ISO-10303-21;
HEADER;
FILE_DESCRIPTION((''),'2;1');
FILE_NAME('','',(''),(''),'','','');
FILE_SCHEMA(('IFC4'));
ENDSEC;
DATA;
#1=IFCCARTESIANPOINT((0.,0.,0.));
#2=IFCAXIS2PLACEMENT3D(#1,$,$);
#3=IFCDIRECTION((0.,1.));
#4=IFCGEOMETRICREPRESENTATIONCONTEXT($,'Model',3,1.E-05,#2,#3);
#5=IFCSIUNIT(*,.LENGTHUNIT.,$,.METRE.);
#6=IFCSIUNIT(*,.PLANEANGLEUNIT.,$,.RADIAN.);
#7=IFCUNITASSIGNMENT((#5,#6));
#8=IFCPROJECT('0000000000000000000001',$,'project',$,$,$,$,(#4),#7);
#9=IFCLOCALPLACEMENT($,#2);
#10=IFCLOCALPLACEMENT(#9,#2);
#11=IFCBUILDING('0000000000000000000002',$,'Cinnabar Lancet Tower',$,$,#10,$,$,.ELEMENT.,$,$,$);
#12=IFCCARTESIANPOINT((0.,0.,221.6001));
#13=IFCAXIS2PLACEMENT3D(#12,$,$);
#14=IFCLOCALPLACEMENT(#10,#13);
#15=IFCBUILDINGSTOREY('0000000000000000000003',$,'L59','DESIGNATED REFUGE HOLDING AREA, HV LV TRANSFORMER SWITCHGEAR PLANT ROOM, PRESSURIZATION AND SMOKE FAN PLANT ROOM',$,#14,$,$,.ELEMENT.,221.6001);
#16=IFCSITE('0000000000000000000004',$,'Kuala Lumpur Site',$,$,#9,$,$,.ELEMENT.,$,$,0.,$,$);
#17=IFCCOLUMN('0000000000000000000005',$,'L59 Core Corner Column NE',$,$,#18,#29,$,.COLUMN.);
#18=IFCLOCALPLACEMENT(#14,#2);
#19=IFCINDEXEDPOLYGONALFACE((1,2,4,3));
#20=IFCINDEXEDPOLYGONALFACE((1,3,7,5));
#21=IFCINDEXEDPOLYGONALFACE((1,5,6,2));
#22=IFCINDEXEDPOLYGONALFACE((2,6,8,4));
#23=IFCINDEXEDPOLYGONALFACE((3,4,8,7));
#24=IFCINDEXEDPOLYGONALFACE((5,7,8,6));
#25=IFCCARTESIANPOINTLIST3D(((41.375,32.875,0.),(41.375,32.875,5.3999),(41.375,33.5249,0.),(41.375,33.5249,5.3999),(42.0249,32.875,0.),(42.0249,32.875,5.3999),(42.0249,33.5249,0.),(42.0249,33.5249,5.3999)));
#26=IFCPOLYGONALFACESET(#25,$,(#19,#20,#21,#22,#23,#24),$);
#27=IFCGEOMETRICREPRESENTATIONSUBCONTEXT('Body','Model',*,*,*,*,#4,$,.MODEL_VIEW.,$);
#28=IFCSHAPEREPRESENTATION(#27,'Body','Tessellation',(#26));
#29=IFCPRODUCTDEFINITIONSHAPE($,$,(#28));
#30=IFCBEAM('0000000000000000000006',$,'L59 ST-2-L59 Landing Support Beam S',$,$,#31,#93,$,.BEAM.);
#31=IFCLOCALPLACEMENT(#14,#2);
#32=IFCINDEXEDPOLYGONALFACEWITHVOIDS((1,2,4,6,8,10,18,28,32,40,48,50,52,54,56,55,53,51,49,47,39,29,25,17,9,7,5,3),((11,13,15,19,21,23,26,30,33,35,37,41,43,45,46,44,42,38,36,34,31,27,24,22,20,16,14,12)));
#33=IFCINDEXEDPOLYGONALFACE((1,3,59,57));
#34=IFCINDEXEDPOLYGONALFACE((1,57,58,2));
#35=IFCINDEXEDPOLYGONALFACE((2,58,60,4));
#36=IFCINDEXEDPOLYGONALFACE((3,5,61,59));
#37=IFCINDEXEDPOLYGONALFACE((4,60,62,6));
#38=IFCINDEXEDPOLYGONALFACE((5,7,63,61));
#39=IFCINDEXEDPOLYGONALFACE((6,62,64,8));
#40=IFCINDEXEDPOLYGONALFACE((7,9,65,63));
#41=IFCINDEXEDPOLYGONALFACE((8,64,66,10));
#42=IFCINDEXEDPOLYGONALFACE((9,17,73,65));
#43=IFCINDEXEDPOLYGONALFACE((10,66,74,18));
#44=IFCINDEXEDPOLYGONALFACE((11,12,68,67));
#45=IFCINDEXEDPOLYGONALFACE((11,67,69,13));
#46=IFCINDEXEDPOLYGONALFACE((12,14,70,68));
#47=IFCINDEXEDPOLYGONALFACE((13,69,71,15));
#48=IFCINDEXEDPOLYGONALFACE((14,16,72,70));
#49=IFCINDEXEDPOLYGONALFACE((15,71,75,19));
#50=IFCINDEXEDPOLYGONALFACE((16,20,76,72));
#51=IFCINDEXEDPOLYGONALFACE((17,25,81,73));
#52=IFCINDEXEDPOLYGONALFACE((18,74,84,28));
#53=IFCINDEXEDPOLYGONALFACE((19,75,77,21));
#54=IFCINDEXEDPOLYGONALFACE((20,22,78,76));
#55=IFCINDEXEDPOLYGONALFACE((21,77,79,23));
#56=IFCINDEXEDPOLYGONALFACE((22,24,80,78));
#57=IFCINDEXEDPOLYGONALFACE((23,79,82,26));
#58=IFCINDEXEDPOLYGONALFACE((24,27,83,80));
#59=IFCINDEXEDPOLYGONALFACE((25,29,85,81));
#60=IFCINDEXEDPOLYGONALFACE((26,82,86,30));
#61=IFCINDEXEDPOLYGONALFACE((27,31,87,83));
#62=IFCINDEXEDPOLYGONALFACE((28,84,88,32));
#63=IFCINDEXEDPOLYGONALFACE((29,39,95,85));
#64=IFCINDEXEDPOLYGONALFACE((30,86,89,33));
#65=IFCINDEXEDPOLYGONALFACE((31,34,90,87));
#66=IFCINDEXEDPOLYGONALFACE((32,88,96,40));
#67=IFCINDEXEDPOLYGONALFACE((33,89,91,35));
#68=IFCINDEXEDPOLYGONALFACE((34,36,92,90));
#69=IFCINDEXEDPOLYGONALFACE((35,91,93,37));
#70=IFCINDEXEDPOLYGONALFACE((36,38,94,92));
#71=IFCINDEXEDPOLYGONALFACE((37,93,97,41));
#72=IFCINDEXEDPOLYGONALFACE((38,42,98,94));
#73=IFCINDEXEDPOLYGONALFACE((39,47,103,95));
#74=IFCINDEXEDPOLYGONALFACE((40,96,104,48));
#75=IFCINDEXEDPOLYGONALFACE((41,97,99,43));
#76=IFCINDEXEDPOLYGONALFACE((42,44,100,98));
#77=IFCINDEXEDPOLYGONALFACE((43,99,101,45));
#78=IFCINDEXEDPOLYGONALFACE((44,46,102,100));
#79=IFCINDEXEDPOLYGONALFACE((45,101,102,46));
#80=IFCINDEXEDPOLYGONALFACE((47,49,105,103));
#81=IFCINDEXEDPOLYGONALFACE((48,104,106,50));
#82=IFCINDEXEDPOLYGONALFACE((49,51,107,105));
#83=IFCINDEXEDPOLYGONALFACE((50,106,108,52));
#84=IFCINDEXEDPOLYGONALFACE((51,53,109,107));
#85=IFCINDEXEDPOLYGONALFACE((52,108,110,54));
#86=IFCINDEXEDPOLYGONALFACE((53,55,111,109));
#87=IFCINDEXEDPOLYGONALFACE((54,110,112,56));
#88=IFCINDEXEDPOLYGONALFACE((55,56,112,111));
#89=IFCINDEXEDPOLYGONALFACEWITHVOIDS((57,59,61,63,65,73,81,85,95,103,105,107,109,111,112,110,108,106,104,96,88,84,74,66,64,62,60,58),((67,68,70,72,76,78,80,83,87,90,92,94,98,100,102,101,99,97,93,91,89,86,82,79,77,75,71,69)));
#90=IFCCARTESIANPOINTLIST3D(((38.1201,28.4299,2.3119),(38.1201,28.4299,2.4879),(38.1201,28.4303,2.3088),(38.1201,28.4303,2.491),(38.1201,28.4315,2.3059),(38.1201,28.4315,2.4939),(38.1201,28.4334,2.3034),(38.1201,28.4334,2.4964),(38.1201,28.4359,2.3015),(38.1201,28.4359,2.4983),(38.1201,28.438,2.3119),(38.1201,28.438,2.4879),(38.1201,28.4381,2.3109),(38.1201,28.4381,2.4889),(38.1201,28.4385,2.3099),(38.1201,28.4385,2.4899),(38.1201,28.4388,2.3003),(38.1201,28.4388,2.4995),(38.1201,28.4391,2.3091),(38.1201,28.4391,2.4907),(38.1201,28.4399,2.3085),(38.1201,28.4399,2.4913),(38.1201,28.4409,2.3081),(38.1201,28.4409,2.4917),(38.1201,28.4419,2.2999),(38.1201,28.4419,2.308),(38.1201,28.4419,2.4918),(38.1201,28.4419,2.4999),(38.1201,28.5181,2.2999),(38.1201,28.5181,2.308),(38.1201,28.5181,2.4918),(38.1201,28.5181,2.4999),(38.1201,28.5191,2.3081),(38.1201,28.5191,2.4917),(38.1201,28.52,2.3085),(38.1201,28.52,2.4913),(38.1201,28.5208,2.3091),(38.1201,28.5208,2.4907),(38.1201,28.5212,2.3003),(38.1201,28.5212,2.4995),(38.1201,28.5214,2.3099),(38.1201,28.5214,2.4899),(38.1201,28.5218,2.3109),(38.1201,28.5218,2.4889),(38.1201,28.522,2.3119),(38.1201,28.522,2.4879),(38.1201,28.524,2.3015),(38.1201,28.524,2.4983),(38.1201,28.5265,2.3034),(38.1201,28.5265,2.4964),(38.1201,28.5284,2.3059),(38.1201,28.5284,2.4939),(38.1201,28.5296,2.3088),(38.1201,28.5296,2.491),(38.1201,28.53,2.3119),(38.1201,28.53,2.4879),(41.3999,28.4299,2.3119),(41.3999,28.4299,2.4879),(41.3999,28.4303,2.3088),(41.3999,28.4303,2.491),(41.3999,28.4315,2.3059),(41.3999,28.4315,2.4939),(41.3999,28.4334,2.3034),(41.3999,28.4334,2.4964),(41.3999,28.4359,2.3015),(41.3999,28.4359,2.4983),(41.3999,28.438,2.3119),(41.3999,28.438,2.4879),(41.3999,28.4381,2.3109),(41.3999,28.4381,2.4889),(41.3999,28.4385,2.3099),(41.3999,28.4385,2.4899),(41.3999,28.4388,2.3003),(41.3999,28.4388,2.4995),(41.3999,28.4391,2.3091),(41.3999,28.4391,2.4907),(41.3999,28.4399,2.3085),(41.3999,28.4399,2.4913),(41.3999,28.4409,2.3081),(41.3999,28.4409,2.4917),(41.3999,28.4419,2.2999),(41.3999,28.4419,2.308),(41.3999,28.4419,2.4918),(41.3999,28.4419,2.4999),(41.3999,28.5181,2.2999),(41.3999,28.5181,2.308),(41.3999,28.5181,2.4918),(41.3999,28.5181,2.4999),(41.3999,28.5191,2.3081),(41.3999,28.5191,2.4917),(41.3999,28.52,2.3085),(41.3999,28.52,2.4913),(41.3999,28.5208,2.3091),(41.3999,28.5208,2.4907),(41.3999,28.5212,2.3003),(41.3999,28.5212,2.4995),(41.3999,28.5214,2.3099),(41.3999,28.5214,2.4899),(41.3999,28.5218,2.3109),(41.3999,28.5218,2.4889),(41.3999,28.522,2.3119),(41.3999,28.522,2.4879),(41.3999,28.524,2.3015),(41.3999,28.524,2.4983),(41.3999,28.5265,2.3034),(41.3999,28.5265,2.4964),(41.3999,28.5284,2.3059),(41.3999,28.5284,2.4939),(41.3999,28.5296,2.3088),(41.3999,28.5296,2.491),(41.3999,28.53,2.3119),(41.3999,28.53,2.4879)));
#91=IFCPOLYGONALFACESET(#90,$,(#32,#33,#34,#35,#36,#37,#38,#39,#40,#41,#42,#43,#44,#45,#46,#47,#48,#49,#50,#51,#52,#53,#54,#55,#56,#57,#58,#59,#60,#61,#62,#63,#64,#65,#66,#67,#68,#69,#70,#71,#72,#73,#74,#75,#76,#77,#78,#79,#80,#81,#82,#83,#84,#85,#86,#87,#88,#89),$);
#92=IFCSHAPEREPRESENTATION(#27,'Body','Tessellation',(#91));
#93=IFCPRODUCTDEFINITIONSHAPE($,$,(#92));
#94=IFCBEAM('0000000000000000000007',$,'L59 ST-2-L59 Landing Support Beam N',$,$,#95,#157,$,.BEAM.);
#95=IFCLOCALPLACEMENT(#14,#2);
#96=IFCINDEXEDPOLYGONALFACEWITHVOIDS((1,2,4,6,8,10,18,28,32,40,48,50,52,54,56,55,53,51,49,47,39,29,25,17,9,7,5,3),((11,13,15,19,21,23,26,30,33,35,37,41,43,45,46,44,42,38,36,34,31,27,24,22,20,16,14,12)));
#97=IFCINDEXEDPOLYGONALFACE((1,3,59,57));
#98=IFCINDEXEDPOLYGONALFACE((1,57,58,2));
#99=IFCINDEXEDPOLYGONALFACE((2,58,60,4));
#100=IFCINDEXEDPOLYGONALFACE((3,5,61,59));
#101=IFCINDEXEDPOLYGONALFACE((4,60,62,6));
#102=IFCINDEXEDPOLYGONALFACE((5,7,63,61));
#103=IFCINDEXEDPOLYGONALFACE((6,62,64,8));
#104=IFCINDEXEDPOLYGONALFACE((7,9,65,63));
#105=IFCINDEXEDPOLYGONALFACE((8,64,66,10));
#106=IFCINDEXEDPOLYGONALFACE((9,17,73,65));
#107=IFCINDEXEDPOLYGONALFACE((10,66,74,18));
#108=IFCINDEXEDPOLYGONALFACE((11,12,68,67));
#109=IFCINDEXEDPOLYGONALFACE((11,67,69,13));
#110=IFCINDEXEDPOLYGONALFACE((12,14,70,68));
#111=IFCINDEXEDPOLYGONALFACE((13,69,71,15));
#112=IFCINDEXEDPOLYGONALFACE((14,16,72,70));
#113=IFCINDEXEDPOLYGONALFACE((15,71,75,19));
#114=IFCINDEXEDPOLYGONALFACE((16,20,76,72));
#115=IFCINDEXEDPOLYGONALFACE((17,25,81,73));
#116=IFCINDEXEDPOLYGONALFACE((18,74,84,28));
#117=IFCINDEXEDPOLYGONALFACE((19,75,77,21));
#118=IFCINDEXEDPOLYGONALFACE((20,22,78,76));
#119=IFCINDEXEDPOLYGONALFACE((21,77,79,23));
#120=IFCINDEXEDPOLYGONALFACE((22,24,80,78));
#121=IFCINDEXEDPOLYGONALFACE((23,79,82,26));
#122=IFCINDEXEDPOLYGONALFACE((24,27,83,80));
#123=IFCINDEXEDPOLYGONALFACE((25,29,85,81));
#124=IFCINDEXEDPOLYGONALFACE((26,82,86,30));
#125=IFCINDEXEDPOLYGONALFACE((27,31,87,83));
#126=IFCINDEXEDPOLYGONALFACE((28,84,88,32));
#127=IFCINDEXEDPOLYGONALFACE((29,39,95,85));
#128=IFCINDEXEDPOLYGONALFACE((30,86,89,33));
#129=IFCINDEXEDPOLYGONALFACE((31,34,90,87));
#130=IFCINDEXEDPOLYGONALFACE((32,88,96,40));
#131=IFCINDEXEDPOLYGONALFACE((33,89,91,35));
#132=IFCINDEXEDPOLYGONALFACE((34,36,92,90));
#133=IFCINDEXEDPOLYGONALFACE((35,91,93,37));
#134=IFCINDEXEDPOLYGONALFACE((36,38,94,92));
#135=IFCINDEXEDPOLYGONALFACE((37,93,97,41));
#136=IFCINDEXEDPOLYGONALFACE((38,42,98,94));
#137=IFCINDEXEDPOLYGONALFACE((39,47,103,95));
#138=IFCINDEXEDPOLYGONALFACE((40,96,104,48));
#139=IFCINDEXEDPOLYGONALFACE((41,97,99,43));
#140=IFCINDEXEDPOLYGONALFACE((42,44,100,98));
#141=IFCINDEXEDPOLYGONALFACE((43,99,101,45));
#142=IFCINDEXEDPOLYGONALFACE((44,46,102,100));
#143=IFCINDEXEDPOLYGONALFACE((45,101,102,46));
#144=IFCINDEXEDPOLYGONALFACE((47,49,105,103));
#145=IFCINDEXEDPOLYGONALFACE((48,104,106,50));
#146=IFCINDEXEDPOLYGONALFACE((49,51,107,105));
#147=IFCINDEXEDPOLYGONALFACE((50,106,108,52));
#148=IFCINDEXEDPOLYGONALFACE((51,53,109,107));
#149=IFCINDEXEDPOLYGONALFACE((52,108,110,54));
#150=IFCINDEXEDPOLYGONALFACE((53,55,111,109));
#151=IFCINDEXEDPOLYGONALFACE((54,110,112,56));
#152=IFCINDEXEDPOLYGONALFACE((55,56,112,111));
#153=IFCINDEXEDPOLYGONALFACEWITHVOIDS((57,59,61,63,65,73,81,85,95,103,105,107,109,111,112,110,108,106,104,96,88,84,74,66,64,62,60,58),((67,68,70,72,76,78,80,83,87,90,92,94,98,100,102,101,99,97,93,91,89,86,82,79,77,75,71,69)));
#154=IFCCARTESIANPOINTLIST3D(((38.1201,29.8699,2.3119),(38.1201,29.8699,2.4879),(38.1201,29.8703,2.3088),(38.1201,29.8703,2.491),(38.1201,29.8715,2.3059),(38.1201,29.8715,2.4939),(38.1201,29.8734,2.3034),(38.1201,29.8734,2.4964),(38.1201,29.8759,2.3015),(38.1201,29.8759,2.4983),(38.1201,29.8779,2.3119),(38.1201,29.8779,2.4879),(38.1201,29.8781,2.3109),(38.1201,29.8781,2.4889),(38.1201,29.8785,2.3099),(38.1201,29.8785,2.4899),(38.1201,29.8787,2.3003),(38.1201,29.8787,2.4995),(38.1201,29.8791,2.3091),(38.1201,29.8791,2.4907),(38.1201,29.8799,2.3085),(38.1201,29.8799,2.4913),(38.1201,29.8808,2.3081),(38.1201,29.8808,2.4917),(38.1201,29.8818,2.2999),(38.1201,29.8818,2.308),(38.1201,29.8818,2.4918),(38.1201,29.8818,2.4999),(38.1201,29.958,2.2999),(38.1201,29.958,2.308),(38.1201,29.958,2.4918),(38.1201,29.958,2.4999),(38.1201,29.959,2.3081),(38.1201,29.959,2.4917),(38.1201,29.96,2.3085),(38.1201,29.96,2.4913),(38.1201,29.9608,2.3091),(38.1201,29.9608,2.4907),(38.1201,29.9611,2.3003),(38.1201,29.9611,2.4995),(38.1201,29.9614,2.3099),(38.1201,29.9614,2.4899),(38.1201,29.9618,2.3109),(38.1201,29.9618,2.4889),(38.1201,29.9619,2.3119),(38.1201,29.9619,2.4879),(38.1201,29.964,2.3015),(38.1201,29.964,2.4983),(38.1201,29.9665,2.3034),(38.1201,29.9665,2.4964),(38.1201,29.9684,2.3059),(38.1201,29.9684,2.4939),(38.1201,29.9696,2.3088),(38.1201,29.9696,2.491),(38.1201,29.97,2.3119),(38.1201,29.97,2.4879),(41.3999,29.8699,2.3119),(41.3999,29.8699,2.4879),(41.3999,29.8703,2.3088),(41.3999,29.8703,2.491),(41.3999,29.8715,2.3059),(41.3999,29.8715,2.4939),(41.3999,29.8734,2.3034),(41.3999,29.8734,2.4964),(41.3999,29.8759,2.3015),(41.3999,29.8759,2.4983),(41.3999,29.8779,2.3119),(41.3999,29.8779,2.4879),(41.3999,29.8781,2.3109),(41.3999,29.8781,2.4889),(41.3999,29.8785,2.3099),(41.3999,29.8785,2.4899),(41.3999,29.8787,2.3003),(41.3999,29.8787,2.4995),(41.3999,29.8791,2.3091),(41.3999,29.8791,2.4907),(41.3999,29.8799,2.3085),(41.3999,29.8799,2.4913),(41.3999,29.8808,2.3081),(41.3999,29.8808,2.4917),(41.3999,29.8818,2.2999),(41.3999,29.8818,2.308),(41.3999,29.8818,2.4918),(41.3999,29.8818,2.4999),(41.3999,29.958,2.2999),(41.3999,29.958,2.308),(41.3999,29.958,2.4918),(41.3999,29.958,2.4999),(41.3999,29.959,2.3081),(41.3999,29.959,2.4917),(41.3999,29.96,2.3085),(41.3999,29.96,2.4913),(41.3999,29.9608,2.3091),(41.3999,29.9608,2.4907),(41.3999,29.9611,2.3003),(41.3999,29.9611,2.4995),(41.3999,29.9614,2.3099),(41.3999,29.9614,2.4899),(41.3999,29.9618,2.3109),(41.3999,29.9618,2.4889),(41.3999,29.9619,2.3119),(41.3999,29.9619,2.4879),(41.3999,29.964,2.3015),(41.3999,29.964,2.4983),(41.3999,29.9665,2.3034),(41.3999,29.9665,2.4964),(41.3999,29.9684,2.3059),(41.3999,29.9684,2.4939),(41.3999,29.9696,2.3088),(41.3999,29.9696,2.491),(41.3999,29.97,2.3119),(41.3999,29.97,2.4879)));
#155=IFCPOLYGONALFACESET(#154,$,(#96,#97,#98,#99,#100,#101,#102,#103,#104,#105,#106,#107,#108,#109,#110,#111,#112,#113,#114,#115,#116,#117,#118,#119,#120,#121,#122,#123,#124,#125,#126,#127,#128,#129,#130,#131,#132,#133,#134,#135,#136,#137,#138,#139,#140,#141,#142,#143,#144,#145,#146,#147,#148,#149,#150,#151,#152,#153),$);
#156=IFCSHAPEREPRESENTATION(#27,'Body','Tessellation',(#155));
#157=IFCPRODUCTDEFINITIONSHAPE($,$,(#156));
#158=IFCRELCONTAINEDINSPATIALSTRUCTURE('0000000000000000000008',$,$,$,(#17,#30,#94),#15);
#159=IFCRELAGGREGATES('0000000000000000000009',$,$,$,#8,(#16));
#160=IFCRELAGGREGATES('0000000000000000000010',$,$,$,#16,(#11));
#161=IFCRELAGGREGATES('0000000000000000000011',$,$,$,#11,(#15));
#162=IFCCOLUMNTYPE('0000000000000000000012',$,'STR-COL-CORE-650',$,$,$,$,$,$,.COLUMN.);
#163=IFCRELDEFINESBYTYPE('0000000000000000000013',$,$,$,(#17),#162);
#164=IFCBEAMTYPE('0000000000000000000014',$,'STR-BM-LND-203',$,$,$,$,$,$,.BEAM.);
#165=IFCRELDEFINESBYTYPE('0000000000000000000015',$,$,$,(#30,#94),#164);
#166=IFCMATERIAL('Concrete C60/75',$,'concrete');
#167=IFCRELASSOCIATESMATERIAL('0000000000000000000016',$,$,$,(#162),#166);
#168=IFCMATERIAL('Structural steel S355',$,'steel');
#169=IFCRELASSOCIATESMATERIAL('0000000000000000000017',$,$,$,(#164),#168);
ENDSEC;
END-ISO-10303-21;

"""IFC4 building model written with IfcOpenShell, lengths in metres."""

from ifc_helpers import new_model, si_unit, direction, frame, origin, origin_2d, place, context, subcontext, project, spatial, rectangle, hollow_rectangle, extrude, material, material_profile, profile_set, type_object, element, save


model = new_model("IFC4")

# Units and contexts
model_context = context("Model", 3, precision=1e-05, world=origin(), true_north=direction((0.0, 1.0)))
body_context = subcontext(model_context, "Body", "Model", "MODEL_VIEW")
ifc_project = project(units=[si_unit("LENGTHUNIT", "METRE"), si_unit("PLANEANGLEUNIT", "RADIAN")], contexts=[model_context])

# Site, building, storey
site_placement = place(None, origin())
site = spatial("IfcSite", under=ifc_project, at=site_placement, Name="Kuala Lumpur Site", CompositionType="ELEMENT", RefElevation=0.0)
building_placement = place(site_placement, origin())
building = spatial("IfcBuilding", under=site, at=building_placement, Name="Cinnabar Lancet Tower", CompositionType="ELEMENT")
storey_placement = place(building_placement, frame((0.0, 0.0, 221.6001)))
storey = spatial("IfcBuildingStorey", under=building, at=storey_placement, Name="L59", Description="DESIGNATED REFUGE HOLDING AREA, HV LV TRANSFORMER SWITCHGEAR PLANT ROOM, PRESSURIZATION AND SMOKE FAN PLANT ROOM", CompositionType="ELEMENT", Elevation=221.6001)

# Column
ifc_material_1 = material(Name="Concrete C60/75", Category="concrete")
ifc_material_profile_1 = material_profile(ifc_material_1, rectangle(XDim=0.6499, YDim=0.6499, at=origin_2d()), Name="RC-COL 650x650")
ifc_profile_set_1 = profile_set([ifc_material_profile_1], Name="Concrete C60/75")
column_type = type_object("IfcColumnType", Name="STR-COL-CORE-650", PredefinedType="COLUMN", material=ifc_profile_set_1)
column_placement = place(storey_placement, frame((41.7, 33.2, 0.0), z_axis=(0.0, 0.0, 1.0), x_axis=(1.0, 0.0, 0.0)))
element("IfcColumn", 1, at=column_placement, inside=storey, type_object=column_type, Name="L59 Core Corner Column NE", PredefinedType="COLUMN", context=body_context, shape_type="SweptSolid", body=[
    extrude(rectangle(XDim=0.6499, YDim=0.6499, at=origin_2d()), origin(), (0.0, 0.0, 1.0), 5.3999),
])

# Beams
ifc_material_2 = material(Name="Structural steel S355", Category="steel")
ifc_material_profile_2 = material_profile(ifc_material_2, hollow_rectangle(XDim=0.1001, YDim=0.2, WallThickness=0.0081, InnerFilletRadius=0.0039, OuterFilletRadius=0.012, at=origin_2d()), Name="RHS 200x100x8")
ifc_profile_set_2 = profile_set([ifc_material_profile_2], Name="Structural steel S355")
beam_type = type_object("IfcBeamType", Name="STR-BM-LND-203", PredefinedType="BEAM", material=ifc_profile_set_2)
for number, where, z_axis, x_axis, name in (
    (2, (38.1201, 28.48, 2.3999), (1.0, 0.0, 0.0), (0.0, 1.0, 0.0), "L59 ST-2-L59 Landing Support Beam S"),
    (3, (38.1201, 29.9199, 2.3999), (1.0, 0.0, 0.0), (0.0, 1.0, 0.0), "L59 ST-2-L59 Landing Support Beam N"),
):
    element("IfcBeam", number, at=place(storey_placement, frame(where, z_axis=z_axis, x_axis=x_axis)), inside=storey, type_object=beam_type, Name=name, PredefinedType="BEAM", context=body_context, shape_type="SweptSolid", body=[
        extrude(hollow_rectangle(XDim=0.1001, YDim=0.2, WallThickness=0.0081, InnerFilletRadius=0.0039, OuterFilletRadius=0.012, at=origin_2d()), origin(), (0.0, 0.0, 1.0), 3.2798),
    ])

save(model, "model.ifc")
